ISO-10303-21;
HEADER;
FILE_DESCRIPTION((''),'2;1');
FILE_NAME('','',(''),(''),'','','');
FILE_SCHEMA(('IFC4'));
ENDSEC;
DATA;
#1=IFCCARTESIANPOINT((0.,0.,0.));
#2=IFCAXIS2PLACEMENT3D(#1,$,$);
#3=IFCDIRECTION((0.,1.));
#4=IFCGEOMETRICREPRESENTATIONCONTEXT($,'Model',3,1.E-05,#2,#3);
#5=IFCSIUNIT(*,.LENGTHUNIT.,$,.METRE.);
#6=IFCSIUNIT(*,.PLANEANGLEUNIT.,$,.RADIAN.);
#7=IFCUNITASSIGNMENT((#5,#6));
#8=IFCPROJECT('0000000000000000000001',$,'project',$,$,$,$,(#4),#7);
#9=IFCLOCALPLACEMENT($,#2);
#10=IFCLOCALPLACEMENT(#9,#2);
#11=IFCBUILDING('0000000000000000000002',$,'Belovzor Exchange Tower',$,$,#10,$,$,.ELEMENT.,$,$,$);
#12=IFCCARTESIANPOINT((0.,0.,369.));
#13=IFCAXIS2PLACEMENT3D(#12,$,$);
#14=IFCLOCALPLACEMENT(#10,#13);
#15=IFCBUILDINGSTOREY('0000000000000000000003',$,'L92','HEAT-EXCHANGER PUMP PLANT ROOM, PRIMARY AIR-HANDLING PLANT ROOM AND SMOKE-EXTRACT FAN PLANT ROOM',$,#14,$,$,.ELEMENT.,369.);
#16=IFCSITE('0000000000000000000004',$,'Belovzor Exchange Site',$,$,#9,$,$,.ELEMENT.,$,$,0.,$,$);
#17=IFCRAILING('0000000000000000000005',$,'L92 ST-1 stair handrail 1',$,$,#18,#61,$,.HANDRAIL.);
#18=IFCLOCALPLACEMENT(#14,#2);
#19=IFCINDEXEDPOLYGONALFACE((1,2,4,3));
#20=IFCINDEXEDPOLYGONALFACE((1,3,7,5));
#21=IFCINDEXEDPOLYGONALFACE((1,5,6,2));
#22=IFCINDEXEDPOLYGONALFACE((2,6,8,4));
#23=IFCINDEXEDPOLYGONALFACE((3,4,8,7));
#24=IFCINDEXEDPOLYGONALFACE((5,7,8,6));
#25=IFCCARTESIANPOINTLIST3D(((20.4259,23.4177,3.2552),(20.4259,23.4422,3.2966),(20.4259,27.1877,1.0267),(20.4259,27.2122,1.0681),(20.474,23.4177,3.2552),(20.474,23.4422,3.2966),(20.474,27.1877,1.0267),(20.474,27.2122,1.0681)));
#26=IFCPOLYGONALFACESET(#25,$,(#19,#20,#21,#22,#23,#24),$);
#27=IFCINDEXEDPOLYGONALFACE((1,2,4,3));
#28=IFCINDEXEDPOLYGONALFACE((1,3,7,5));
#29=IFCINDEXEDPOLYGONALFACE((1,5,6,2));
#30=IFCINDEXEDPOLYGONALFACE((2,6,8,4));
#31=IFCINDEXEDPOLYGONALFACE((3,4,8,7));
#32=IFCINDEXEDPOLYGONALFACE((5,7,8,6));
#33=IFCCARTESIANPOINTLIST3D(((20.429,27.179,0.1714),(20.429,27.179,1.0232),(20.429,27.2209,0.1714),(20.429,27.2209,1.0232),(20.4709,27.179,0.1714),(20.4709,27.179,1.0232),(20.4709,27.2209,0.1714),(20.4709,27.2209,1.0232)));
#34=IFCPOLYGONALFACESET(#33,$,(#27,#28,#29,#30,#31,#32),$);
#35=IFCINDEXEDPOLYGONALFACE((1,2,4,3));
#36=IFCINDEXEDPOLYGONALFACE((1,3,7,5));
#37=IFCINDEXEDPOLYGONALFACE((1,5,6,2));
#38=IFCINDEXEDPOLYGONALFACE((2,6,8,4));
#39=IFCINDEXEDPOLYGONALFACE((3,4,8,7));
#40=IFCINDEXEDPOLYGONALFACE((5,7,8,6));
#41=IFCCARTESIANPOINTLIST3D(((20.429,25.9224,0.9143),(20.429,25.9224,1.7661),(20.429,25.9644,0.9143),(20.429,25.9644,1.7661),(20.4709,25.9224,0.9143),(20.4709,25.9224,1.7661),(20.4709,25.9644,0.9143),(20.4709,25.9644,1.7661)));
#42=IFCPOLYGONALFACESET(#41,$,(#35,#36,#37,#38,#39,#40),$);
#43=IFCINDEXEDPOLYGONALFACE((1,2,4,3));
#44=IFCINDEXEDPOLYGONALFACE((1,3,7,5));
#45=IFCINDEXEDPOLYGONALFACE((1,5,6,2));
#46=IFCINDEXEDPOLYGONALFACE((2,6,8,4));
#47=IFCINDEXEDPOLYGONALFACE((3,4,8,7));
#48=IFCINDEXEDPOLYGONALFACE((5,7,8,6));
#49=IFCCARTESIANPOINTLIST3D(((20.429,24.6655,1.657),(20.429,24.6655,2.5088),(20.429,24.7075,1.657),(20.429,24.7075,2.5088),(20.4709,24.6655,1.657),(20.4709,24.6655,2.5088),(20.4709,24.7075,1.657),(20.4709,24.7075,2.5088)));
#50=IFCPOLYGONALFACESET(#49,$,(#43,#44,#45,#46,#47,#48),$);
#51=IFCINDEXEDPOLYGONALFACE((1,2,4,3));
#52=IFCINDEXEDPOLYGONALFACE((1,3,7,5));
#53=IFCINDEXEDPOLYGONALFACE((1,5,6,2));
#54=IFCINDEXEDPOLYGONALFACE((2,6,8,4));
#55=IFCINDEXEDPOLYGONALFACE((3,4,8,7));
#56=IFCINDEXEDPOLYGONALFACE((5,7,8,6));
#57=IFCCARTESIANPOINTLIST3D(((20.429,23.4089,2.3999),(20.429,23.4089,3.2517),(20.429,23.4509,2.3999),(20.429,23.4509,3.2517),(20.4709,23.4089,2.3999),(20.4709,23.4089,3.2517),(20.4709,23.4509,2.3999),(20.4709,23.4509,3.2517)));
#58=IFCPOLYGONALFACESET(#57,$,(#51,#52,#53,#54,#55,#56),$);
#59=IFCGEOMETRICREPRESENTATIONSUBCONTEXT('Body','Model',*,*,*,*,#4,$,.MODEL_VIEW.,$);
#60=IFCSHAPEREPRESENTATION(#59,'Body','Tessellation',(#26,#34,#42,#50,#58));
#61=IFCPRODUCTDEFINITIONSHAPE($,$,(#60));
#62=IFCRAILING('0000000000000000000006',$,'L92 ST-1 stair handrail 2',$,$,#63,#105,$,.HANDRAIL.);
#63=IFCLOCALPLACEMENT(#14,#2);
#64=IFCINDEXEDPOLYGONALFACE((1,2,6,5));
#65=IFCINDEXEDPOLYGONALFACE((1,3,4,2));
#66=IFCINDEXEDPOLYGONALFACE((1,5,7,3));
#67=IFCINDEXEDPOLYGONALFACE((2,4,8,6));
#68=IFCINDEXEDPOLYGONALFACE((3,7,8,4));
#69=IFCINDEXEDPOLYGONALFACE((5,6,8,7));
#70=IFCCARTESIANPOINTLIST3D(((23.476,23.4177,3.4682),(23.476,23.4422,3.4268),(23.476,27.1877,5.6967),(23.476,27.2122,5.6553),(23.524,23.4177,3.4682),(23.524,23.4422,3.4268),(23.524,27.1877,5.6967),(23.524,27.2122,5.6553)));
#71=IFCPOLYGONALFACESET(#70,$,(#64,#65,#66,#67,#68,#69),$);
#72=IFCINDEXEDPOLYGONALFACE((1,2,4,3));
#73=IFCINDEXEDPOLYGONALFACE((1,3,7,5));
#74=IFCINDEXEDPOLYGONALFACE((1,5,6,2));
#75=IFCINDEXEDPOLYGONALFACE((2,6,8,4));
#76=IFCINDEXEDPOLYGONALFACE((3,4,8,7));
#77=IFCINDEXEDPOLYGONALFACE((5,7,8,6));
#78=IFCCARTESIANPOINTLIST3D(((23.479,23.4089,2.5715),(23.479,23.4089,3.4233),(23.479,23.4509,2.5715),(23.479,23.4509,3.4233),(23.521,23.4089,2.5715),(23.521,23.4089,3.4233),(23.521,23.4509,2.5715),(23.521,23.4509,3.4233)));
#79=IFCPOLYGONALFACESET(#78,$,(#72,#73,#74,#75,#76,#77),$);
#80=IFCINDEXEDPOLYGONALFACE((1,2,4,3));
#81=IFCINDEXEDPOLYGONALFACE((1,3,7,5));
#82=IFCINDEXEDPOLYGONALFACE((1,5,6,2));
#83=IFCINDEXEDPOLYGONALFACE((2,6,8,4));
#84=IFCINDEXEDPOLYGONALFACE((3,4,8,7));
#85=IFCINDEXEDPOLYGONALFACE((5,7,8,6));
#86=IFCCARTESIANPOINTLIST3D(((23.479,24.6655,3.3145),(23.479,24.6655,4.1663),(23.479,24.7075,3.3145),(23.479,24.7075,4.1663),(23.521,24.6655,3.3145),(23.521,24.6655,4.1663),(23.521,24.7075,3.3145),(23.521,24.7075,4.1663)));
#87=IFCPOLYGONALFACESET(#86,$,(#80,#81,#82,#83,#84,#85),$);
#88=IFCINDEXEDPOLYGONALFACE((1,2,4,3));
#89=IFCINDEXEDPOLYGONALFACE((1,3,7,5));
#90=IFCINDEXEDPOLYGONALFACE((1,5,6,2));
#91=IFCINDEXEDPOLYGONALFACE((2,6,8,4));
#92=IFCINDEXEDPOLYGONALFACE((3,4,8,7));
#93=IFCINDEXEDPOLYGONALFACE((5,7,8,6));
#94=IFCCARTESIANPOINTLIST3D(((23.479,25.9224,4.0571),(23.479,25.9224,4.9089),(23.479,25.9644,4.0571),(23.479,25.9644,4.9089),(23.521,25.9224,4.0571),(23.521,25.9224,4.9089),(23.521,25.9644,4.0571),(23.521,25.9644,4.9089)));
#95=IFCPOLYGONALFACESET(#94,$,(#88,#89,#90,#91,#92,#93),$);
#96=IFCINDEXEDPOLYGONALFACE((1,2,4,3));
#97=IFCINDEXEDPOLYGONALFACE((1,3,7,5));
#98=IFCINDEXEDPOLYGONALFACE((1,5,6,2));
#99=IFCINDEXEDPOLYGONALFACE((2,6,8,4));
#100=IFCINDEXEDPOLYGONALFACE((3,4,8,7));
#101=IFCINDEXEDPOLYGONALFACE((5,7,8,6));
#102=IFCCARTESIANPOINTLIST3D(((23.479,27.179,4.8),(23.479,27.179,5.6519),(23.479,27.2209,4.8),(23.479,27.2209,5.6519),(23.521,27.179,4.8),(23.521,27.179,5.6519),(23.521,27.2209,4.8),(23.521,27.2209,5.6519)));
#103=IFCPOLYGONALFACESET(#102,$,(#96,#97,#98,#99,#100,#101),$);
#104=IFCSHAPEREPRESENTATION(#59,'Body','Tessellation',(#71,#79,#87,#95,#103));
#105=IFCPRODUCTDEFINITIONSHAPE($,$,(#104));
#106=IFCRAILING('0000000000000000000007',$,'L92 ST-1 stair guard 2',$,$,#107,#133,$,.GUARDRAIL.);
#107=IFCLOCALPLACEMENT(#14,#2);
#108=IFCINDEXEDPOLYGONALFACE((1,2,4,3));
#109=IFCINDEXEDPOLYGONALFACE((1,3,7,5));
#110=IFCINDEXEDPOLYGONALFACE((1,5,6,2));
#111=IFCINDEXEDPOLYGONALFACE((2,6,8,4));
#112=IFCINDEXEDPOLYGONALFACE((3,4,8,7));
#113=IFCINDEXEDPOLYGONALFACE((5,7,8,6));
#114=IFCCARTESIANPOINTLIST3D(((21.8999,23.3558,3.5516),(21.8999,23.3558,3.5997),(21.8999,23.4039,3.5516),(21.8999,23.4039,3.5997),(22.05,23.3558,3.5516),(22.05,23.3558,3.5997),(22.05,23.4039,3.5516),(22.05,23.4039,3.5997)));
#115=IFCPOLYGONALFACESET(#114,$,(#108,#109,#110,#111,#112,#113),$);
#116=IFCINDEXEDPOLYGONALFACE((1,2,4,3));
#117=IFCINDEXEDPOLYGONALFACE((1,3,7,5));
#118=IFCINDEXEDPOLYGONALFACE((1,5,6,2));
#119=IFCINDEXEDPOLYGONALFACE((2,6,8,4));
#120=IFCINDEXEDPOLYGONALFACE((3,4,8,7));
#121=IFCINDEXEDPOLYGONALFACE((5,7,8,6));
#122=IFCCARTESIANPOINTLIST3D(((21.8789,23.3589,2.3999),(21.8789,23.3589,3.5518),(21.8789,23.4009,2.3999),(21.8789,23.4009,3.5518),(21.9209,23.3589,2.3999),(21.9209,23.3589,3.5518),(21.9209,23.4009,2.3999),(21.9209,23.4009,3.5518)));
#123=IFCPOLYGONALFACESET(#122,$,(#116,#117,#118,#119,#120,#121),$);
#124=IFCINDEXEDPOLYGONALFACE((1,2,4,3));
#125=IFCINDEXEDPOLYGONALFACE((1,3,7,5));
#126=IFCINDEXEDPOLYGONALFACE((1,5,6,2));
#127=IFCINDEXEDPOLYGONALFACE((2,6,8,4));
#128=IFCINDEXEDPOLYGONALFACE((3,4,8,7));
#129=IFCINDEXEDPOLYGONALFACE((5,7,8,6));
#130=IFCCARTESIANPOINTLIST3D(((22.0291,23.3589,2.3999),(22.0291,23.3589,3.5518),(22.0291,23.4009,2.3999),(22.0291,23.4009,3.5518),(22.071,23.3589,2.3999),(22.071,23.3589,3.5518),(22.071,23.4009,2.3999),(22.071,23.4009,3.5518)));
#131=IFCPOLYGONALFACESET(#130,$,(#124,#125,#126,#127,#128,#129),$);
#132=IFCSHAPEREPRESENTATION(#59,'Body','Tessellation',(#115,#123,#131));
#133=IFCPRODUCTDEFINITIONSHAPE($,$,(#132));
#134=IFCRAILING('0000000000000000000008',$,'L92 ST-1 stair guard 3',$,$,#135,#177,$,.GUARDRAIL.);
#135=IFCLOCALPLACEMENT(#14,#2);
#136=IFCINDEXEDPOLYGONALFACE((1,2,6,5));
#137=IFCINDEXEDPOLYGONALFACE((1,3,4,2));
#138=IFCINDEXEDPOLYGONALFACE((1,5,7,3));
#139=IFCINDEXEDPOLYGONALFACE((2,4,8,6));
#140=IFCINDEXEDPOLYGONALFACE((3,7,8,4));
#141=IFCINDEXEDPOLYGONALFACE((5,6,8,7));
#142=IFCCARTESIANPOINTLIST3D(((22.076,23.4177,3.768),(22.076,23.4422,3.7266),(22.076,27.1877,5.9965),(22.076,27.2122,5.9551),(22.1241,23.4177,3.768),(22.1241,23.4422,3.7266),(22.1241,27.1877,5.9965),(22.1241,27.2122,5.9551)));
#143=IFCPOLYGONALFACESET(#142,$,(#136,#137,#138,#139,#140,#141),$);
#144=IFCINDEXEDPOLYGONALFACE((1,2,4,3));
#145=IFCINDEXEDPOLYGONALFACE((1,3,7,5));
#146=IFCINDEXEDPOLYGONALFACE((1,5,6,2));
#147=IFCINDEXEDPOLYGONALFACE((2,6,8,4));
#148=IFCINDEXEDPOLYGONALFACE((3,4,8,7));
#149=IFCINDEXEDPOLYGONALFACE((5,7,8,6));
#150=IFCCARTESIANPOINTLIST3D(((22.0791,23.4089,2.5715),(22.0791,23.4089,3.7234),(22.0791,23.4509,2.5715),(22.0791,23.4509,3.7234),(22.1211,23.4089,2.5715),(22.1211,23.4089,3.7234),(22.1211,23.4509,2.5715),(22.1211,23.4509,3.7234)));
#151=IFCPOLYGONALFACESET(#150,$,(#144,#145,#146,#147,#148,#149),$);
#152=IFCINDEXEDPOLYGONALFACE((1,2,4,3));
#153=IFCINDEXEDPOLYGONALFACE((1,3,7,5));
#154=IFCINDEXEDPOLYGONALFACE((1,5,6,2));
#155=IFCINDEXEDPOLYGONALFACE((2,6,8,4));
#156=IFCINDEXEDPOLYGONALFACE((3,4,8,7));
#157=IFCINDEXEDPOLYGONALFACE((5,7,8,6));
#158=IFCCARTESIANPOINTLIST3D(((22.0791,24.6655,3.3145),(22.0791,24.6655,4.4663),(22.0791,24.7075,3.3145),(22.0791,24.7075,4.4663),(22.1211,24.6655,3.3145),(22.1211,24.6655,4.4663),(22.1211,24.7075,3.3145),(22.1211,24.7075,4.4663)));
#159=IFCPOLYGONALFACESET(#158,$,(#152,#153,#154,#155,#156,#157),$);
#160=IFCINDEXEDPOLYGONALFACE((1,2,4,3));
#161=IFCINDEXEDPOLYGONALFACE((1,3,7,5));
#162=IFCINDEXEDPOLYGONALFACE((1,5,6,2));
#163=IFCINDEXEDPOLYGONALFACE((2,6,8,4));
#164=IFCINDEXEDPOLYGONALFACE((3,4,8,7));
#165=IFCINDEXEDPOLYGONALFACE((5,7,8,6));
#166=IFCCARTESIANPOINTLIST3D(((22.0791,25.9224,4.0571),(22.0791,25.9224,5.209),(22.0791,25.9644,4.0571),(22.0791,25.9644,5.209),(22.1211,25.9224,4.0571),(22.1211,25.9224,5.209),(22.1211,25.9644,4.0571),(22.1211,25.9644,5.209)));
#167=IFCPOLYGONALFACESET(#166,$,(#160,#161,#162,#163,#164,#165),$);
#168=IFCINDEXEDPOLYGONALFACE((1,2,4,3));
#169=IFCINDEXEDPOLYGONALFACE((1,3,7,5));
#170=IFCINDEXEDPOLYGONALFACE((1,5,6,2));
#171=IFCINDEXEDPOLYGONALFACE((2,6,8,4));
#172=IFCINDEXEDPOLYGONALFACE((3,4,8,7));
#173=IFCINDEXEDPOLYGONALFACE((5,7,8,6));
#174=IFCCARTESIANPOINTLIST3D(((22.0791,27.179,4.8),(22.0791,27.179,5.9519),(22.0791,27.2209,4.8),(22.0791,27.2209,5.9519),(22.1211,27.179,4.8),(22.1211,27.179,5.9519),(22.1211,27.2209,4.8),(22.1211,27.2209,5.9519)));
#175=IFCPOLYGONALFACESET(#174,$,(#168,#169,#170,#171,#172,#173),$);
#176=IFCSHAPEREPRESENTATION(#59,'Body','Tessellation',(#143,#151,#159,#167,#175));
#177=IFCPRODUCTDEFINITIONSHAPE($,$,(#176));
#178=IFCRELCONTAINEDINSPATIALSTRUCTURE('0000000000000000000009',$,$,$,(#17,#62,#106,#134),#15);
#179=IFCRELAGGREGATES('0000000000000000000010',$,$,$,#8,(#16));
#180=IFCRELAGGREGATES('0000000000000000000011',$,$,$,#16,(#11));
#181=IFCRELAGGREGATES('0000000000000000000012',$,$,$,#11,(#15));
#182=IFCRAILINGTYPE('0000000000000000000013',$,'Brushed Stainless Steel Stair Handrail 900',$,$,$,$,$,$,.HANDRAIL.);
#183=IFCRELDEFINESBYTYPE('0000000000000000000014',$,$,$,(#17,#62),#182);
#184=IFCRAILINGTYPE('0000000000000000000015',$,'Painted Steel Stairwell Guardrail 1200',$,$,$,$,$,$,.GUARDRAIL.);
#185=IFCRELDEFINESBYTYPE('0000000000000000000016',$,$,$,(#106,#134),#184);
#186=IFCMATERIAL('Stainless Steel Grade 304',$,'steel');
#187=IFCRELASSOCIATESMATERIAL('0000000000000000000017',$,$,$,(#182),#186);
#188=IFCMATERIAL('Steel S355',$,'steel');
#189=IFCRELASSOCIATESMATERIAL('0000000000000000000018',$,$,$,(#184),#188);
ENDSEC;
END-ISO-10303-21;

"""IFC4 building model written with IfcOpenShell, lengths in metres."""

from ifc_helpers import new_model, si_unit, direction, frame, origin, origin_2d, place, context, subcontext, project, spatial, rectangle, extrude, material, type_object, element, save


model = new_model("IFC4")

# Units and contexts
model_context = context("Model", 3, precision=1e-05, world=origin(), true_north=direction((0.0, 1.0)))
body_context = subcontext(model_context, "Body", "Model", "MODEL_VIEW")
ifc_project = project(units=[si_unit("LENGTHUNIT", "METRE"), si_unit("PLANEANGLEUNIT", "RADIAN")], contexts=[model_context])

# Site, building, storey
site_placement = place(None, origin())
site = spatial("IfcSite", under=ifc_project, at=site_placement, Name="Belovzor Exchange Site", CompositionType="ELEMENT", RefElevation=0.0)
building_placement = place(site_placement, origin())
building = spatial("IfcBuilding", under=site, at=building_placement, Name="Belovzor Exchange Tower", CompositionType="ELEMENT")
storey_placement = place(building_placement, frame((0.0, 0.0, 369.0)))
storey = spatial("IfcBuildingStorey", under=building, at=storey_placement, Name="L92", Description="HEAT-EXCHANGER PUMP PLANT ROOM, PRIMARY AIR-HANDLING PLANT ROOM AND SMOKE-EXTRACT FAN PLANT ROOM", CompositionType="ELEMENT", Elevation=369.0)

# Railings
ifc_material_1 = material(Name="Stainless Steel Grade 304", Category="steel")
railing_type_1 = type_object("IfcRailingType", Name="Brushed Stainless Steel Stair Handrail 900", PredefinedType="HANDRAIL", material=ifc_material_1)
railing_1_placement = place(storey_placement, frame((20.45, 27.2, 0.1714)))
element("IfcRailing", 1, at=railing_1_placement, inside=storey, type_object=railing_type_1, Name="L92 ST-1 stair handrail 1", PredefinedType="HANDRAIL", context=body_context, shape_type="SweptSolid", body=[
    extrude(rectangle(XDim=0.0481, YDim=0.0481, at=origin_2d()), frame((0.0, 0.0, 0.876), z_axis=(0.0, -0.860849, 0.508861), x_axis=(1.0, 0.0, 0.0)), (0.0, 0.0, 1.0), 4.3794),
    extrude(rectangle(XDim=0.042, YDim=0.042, at=origin_2d()), origin(), (0.0, 0.0, 1.0), 0.8518),
    extrude(rectangle(XDim=0.042, YDim=0.042, at=origin_2d()), frame((0.0, -1.2566, 0.7429)), (0.0, 0.0, 1.0), 0.8518),
    extrude(rectangle(XDim=0.042, YDim=0.042, at=origin_2d()), frame((0.0, -2.5134, 1.4856)), (0.0, 0.0, 1.0), 0.8518),
    extrude(rectangle(XDim=0.042, YDim=0.042, at=origin_2d()), frame((0.0, -3.77, 2.2285)), (0.0, 0.0, 1.0), 0.8518),
])
railing_2_placement = place(storey_placement, frame((23.5, 23.4299, 2.5715)))
element("IfcRailing", 2, at=railing_2_placement, inside=storey, type_object=railing_type_1, Name="L92 ST-1 stair handrail 2", PredefinedType="HANDRAIL", context=body_context, shape_type="SweptSolid", body=[
    extrude(rectangle(XDim=0.0481, YDim=0.0481, at=origin_2d()), frame((0.0, 0.0, 0.876), z_axis=(0.0, 0.860849, 0.508861), x_axis=(-1.0, 0.0, 0.0)), (0.0, 0.0, 1.0), 4.3794),
    extrude(rectangle(XDim=0.042, YDim=0.042, at=origin_2d()), origin(), (0.0, 0.0, 1.0), 0.8518),
    extrude(rectangle(XDim=0.042, YDim=0.042, at=origin_2d()), frame((0.0, 1.2566, 0.7429)), (0.0, 0.0, 1.0), 0.8518),
    extrude(rectangle(XDim=0.042, YDim=0.042, at=origin_2d()), frame((0.0, 2.5134, 1.4856)), (0.0, 0.0, 1.0), 0.8518),
    extrude(rectangle(XDim=0.042, YDim=0.042, at=origin_2d()), frame((0.0, 3.77, 2.2285)), (0.0, 0.0, 1.0), 0.8518),
])
ifc_material_2 = material(Name="Steel S355", Category="steel")
railing_type_2 = type_object("IfcRailingType", Name="Painted Steel Stairwell Guardrail 1200", PredefinedType="GUARDRAIL", material=ifc_material_2)
railing_3_placement = place(storey_placement, frame((21.8999, 23.3799, 2.3999)))
element("IfcRailing", 3, at=railing_3_placement, inside=storey, type_object=railing_type_2, Name="L92 ST-1 stair guard 2", PredefinedType="GUARDRAIL", context=body_context, shape_type="SweptSolid", body=[
    extrude(rectangle(XDim=0.0481, YDim=0.0481, at=origin_2d()), frame((0.0, 0.0, 1.1758), z_axis=(1.0, 0.0, 0.0), x_axis=(0.0, 1.0, 0.0)), (0.0, 0.0, 1.0), 0.1501),
    extrude(rectangle(XDim=0.042, YDim=0.042, at=origin_2d()), origin(), (0.0, 0.0, 1.0), 1.1519),
    extrude(rectangle(XDim=0.042, YDim=0.042, at=origin_2d()), frame((0.1501, 0.0, 0.0)), (0.0, 0.0, 1.0), 1.1519),
])
railing_4_placement = place(storey_placement, frame((22.1001, 23.4299, 2.5715)))
element("IfcRailing", 4, at=railing_4_placement, inside=storey, type_object=railing_type_2, Name="L92 ST-1 stair guard 3", PredefinedType="GUARDRAIL", context=body_context, shape_type="SweptSolid", body=[
    extrude(rectangle(XDim=0.0481, YDim=0.0481, at=origin_2d()), frame((0.0, 0.0, 1.1758), z_axis=(0.0, 0.860849, 0.508861), x_axis=(-1.0, 0.0, 0.0)), (0.0, 0.0, 1.0), 4.3794),
    extrude(rectangle(XDim=0.042, YDim=0.042, at=origin_2d()), origin(), (0.0, 0.0, 1.0), 1.1519),
    extrude(rectangle(XDim=0.042, YDim=0.042, at=origin_2d()), frame((0.0, 1.2566, 0.7429)), (0.0, 0.0, 1.0), 1.1519),
    extrude(rectangle(XDim=0.042, YDim=0.042, at=origin_2d()), frame((0.0, 2.5134, 1.4856)), (0.0, 0.0, 1.0), 1.1519),
    extrude(rectangle(XDim=0.042, YDim=0.042, at=origin_2d()), frame((0.0, 3.77, 2.2285)), (0.0, 0.0, 1.0), 1.1519),
])

save(model, "model.ifc")
